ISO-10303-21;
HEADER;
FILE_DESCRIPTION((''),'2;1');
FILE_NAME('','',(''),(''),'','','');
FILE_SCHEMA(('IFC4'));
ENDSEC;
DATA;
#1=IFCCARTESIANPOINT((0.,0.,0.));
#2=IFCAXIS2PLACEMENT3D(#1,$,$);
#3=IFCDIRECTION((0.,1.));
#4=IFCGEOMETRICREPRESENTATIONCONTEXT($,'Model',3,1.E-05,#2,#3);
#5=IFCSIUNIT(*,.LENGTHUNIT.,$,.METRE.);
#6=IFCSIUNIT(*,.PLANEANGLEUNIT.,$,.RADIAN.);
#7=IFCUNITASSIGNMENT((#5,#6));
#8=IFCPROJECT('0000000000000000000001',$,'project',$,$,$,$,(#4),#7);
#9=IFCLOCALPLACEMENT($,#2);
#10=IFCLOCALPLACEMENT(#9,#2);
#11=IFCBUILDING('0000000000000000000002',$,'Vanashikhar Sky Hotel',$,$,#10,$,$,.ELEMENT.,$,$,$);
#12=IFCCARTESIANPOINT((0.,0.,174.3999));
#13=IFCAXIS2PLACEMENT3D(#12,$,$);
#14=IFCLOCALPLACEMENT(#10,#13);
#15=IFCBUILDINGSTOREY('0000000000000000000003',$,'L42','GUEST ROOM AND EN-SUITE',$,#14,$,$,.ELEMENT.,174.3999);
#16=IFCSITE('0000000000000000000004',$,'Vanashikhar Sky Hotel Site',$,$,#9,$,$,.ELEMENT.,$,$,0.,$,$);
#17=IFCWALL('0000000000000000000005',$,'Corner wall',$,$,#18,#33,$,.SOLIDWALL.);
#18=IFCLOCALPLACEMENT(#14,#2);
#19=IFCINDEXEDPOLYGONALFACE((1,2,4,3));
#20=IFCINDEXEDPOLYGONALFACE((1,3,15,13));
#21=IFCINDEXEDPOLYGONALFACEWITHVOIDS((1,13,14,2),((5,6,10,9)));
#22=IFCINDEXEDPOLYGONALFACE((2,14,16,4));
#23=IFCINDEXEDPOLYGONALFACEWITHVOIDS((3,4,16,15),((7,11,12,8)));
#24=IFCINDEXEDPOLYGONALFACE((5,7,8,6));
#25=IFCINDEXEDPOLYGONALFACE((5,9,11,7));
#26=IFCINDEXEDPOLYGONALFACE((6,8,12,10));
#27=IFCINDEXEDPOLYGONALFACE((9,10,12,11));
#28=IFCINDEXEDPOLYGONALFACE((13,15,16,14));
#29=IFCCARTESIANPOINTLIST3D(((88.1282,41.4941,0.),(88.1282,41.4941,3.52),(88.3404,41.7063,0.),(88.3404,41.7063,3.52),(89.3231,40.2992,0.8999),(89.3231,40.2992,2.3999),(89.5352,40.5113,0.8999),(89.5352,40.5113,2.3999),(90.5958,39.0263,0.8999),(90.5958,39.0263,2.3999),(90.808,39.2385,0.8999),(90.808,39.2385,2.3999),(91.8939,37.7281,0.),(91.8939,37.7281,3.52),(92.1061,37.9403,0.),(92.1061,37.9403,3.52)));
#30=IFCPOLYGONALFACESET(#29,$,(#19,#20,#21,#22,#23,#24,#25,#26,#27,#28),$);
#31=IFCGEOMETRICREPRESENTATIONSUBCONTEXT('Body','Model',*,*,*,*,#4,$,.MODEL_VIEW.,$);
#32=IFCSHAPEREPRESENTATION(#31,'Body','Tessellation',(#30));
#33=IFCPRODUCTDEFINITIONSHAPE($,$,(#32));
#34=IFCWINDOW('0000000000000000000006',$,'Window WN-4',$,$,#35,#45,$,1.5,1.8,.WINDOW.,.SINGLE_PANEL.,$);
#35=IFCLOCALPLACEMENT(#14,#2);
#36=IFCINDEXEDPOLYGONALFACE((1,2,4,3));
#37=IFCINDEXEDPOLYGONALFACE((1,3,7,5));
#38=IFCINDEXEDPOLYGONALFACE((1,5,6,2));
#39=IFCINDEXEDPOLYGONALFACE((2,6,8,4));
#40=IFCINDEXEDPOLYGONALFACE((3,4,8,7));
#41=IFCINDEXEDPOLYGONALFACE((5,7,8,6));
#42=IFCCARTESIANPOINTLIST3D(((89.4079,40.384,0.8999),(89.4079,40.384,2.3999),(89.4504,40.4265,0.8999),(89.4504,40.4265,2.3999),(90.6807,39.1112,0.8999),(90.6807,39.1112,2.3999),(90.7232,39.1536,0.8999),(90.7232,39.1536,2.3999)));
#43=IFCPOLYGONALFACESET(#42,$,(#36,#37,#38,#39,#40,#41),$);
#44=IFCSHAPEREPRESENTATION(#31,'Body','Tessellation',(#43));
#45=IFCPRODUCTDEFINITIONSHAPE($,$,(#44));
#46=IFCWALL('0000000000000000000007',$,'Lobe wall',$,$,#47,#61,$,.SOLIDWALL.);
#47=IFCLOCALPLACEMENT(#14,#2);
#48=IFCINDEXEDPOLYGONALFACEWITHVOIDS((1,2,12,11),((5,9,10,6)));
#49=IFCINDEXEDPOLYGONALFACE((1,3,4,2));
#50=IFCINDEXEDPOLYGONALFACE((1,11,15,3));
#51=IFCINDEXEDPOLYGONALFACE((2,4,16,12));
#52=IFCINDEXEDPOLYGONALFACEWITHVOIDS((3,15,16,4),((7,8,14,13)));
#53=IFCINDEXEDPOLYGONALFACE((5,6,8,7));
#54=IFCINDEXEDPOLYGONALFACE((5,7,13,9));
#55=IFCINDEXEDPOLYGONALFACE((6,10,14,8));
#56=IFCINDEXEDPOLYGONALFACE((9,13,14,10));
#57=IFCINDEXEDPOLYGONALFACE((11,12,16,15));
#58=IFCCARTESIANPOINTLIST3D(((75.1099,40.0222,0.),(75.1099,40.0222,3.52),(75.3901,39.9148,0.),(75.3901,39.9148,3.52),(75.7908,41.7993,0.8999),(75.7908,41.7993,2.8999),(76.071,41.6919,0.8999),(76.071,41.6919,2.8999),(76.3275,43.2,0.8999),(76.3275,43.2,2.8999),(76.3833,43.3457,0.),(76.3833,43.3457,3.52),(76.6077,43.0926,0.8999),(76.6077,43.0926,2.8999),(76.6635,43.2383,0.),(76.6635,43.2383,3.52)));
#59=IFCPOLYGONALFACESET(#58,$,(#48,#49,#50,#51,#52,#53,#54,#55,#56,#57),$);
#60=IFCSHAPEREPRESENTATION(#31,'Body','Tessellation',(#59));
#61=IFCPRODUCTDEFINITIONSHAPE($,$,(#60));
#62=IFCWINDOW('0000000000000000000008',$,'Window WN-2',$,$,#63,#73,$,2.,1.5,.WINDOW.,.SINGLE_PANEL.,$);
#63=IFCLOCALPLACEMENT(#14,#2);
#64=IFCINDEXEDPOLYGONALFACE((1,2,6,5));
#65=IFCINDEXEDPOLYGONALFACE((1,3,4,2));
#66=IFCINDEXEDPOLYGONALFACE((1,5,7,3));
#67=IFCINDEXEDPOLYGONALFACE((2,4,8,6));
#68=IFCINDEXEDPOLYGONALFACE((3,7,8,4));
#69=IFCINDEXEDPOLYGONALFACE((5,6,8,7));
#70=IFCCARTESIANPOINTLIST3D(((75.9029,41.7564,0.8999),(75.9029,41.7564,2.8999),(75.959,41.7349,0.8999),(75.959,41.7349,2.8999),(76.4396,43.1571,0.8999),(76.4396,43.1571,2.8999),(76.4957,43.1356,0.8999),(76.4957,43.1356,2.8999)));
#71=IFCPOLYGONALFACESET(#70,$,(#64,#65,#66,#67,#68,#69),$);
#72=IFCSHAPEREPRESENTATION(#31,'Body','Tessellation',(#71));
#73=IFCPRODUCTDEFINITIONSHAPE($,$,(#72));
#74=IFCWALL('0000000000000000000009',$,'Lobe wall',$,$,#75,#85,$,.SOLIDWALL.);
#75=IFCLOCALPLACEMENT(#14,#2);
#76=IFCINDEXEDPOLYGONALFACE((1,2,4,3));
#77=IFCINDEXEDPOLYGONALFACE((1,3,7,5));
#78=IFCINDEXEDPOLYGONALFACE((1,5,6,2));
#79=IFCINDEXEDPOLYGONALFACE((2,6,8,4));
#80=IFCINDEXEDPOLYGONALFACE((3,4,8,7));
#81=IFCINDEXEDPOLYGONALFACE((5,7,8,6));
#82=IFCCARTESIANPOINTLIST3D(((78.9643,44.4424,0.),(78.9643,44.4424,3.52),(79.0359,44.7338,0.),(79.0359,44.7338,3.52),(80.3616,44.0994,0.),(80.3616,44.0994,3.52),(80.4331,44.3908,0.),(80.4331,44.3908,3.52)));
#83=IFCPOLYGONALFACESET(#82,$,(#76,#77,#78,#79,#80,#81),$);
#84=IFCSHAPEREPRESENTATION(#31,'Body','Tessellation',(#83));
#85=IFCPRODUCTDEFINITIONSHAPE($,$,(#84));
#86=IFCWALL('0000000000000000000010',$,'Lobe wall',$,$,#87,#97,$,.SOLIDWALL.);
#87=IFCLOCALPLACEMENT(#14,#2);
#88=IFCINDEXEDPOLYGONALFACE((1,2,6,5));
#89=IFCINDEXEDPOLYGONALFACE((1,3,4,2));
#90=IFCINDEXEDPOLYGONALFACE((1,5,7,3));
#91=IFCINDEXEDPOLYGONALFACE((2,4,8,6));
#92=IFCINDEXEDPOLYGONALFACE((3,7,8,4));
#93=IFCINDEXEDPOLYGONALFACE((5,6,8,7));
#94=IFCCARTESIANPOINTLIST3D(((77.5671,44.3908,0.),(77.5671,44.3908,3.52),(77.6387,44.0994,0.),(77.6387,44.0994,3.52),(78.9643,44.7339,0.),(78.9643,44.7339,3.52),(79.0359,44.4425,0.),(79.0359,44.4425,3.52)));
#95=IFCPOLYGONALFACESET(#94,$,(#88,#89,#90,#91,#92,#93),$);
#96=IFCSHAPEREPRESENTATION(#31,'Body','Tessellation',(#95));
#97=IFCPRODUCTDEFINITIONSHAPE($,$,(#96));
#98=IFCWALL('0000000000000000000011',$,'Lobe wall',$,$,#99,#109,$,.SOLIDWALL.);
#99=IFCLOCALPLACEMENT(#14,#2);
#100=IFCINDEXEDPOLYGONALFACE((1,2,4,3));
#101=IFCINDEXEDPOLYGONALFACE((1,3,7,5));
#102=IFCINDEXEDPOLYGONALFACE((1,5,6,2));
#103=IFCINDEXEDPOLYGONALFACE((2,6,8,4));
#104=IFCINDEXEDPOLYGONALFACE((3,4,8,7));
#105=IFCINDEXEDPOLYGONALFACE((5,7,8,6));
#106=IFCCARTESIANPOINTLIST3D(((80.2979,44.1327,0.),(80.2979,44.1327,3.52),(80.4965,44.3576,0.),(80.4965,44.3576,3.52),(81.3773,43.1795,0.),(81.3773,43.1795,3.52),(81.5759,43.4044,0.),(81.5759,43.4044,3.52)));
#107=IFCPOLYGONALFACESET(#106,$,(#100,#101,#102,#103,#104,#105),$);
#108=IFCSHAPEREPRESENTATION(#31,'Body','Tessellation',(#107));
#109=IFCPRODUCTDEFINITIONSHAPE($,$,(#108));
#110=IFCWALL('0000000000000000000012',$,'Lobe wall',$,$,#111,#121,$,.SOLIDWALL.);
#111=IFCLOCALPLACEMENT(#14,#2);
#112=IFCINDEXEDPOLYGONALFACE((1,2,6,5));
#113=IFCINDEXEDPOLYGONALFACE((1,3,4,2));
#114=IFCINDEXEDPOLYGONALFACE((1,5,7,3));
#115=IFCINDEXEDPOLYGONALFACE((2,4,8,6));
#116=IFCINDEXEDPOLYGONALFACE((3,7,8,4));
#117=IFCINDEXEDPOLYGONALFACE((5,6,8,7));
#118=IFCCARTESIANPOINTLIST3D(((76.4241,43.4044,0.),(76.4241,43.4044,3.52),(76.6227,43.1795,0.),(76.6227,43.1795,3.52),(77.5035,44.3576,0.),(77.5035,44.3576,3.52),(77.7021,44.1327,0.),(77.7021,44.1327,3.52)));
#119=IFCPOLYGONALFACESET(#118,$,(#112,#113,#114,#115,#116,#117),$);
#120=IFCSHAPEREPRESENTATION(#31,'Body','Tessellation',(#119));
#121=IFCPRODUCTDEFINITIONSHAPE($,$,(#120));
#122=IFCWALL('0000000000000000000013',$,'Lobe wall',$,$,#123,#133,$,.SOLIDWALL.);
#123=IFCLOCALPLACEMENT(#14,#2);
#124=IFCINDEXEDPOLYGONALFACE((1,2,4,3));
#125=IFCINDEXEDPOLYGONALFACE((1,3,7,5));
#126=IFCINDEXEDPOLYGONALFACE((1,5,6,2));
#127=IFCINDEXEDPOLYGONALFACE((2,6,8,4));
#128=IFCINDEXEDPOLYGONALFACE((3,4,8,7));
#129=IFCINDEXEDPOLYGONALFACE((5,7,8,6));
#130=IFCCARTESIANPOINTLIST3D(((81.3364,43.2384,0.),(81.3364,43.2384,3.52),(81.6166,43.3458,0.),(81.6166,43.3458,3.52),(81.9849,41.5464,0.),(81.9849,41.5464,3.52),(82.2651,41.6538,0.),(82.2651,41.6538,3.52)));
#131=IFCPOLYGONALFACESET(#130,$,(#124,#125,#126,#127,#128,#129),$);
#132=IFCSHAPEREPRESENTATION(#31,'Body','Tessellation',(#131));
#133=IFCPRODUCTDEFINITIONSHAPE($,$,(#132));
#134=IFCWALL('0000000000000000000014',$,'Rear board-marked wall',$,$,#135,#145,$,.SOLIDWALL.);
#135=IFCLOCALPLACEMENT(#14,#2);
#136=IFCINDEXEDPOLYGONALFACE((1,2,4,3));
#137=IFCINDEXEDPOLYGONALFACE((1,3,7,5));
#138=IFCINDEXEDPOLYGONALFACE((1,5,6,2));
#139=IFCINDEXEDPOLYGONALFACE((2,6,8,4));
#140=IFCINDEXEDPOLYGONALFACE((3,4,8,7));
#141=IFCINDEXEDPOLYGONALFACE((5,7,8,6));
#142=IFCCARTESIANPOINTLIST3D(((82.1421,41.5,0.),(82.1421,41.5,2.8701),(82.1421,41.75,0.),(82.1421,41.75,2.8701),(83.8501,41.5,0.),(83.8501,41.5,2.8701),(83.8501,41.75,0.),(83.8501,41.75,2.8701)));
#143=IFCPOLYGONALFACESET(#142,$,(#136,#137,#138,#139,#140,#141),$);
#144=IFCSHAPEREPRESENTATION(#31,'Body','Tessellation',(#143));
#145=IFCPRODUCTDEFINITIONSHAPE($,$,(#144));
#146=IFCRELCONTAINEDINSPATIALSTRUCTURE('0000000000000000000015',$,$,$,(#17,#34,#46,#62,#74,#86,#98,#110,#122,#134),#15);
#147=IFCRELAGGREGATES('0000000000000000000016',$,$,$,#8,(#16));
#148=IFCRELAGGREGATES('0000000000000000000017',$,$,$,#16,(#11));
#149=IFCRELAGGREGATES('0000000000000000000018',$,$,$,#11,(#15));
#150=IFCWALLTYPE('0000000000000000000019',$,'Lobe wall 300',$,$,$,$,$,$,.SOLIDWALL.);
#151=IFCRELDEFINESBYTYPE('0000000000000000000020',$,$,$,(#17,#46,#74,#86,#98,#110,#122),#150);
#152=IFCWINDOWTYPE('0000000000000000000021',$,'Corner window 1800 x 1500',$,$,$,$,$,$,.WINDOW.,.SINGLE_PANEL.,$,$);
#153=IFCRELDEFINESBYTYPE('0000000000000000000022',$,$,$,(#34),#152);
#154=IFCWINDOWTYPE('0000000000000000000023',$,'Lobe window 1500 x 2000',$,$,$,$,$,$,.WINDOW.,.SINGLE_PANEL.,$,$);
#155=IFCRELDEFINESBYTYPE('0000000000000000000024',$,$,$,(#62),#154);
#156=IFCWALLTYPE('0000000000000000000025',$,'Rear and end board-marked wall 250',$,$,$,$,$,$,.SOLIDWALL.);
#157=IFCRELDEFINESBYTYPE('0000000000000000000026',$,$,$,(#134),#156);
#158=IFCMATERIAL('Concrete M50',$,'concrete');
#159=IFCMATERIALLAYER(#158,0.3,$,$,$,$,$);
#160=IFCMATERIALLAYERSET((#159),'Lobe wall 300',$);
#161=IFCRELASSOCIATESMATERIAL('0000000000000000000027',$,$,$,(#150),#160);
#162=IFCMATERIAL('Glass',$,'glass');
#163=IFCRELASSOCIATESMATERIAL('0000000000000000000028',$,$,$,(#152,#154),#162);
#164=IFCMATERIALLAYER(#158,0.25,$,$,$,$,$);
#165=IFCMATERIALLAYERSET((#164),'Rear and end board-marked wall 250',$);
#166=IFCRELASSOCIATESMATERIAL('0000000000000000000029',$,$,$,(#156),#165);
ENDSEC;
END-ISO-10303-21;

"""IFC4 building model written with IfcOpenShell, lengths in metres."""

from ifc_helpers import new_model, si_unit, direction, frame, frame_2d, origin, place, context, subcontext, project, spatial, rectangle, extrude, source, transform, mapped, material, layer, layer_set, type_object, element, fill, save


model = new_model("IFC4")

# Units and contexts
model_context = context("Model", 3, precision=1e-05, world=origin(), true_north=direction((0.0, 1.0)))
body_context = subcontext(model_context, "Body", "Model", "MODEL_VIEW")
ifc_project = project(units=[si_unit("LENGTHUNIT", "METRE"), si_unit("PLANEANGLEUNIT", "RADIAN")], contexts=[model_context])

# Site, building, storey
site_placement = place(None, origin())
site = spatial("IfcSite", under=ifc_project, at=site_placement, Name="Vanashikhar Sky Hotel Site", CompositionType="ELEMENT", RefElevation=0.0)
building_placement = place(site_placement, origin())
building = spatial("IfcBuilding", under=site, at=building_placement, Name="Vanashikhar Sky Hotel", CompositionType="ELEMENT")
storey_placement = place(building_placement, frame((0.0, 0.0, 174.3999)))
storey = spatial("IfcBuildingStorey", under=building, at=storey_placement, Name="L42", Description="GUEST ROOM AND EN-SUITE", CompositionType="ELEMENT", Elevation=174.3999)

# Walls, openings, windows
ifc_material_1 = material(Name="Concrete M50", Category="concrete")
ifc_layer_1 = layer(ifc_material_1, 0.3)
ifc_layer_set_1 = layer_set([ifc_layer_1], Name="Lobe wall 300")
wall_type_1 = type_object("IfcWallType", Name="Lobe wall 300", PredefinedType="SOLIDWALL", material=ifc_layer_set_1)
shared_shape_1 = source(origin(), body_context, "Body", "SweptSolid", [
    extrude(rectangle(XDim=5.3257, YDim=0.3, at=frame_2d((2.6628, 0.0))), origin(), (0.0, 0.0, 1.0), 3.52),
])
wall_1_placement = place(storey_placement, frame((92.0, 37.8342, 0.0), z_axis=(0.0, 0.0, 1.0), x_axis=(-0.707084, 0.70713, 0.0)))
wall_1 = element("IfcWall", 1, at=wall_1_placement, inside=storey, type_object=wall_type_1, Name="Corner wall", PredefinedType="SOLIDWALL", context=body_context, shape_type="MappedRepresentation", body=[
    mapped(shared_shape_1, transform((0.0, 0.0, 0.0), scale=1.0)),
])
shared_shape_2 = source(origin(), body_context, "Body", "SweptSolid", [
    extrude(rectangle(XDim=1.8, YDim=1.5, at=frame_2d((0.8999, 0.75))), frame((0.0, 0.1602, 0.0), z_axis=(0.0, -1.0, 0.0), x_axis=(1.0, 0.0, 0.0)), (0.0, 0.0, 1.0), 0.3201),
])
opening_1_placement = place(wall_1_placement, frame((1.8359, 0.0, 0.8999)))
opening_1 = element("IfcOpeningElement", 2, at=opening_1_placement, cuts=wall_1, PredefinedType="OPENING", context=body_context, shape_type="MappedRepresentation", body=[
    mapped(shared_shape_2, transform((0.0, 0.0, 0.0), scale=1.0)),
])
ifc_material_2 = material(Name="Glass", Category="glass")
window_type_1 = type_object("IfcWindowType", Name="Corner window 1800 x 1500", PartitioningType="SINGLE_PANEL", PredefinedType="WINDOW", material=ifc_material_2)
shared_shape_3 = source(origin(), body_context, "Body", "SweptSolid", [
    extrude(rectangle(XDim=1.8, YDim=1.5, at=frame_2d((0.8999, 0.75))), frame((0.0, 0.03, 0.0), z_axis=(0.0, -1.0, 0.0), x_axis=(1.0, 0.0, 0.0)), (0.0, 0.0, 1.0), 0.0601),
])
window_1_placement = place(opening_1_placement, origin())
window_1 = element("IfcWindow", 3, at=window_1_placement, inside=storey, type_object=window_type_1, Name="Window WN-4", OverallHeight=1.5, OverallWidth=1.8, PartitioningType="SINGLE_PANEL", PredefinedType="WINDOW", context=body_context, shape_type="MappedRepresentation", body=[
    mapped(shared_shape_3, transform((0.0, 0.0, 0.0), scale=1.0)),
])
fill(opening_1, window_1)
shared_shape_4 = source(origin(), body_context, "Body", "SweptSolid", [
    extrude(rectangle(XDim=3.5591, YDim=0.3, at=frame_2d((1.7795, 0.0))), origin(), (0.0, 0.0, 1.0), 3.52),
])
wall_2_placement = place(storey_placement, frame((76.5234, 43.292, 0.0), z_axis=(0.0, 0.0, 1.0), x_axis=(-0.357797, -0.933799, 0.0)))
wall_2 = element("IfcWall", 4, at=wall_2_placement, inside=storey, type_object=wall_type_1, Name="Lobe wall", PredefinedType="SOLIDWALL", context=body_context, shape_type="MappedRepresentation", body=[
    mapped(shared_shape_4, transform((0.0, 0.0, 0.0), scale=1.0)),
])
shared_shape_5 = source(origin(), body_context, "Body", "SweptSolid", [
    extrude(rectangle(XDim=1.5, YDim=2.0, at=frame_2d((0.75, 1.0))), frame((0.0, 0.1602, 0.0), z_axis=(0.0, -1.0, 0.0), x_axis=(1.0, 0.0, 0.0)), (0.0, 0.0, 1.0), 0.3201),
])
opening_2_placement = place(wall_2_placement, frame((0.156, 0.0, 0.8999)))
opening_2 = element("IfcOpeningElement", 5, at=opening_2_placement, cuts=wall_2, PredefinedType="OPENING", context=body_context, shape_type="MappedRepresentation", body=[
    mapped(shared_shape_5, transform((0.0, 0.0, 0.0), scale=1.0)),
])
window_type_2 = type_object("IfcWindowType", Name="Lobe window 1500 x 2000", PartitioningType="SINGLE_PANEL", PredefinedType="WINDOW", material=ifc_material_2)
shared_shape_6 = source(origin(), body_context, "Body", "SweptSolid", [
    extrude(rectangle(XDim=1.5, YDim=2.0, at=frame_2d((0.75, 1.0))), frame((0.0, 0.03, 0.0), z_axis=(0.0, -1.0, 0.0), x_axis=(1.0, 0.0, 0.0)), (0.0, 0.0, 1.0), 0.0601),
])
window_2_placement = place(opening_2_placement, origin())
window_2 = element("IfcWindow", 6, at=window_2_placement, inside=storey, type_object=window_type_2, Name="Window WN-2", OverallHeight=2.0, OverallWidth=1.5, PartitioningType="SINGLE_PANEL", PredefinedType="WINDOW", context=body_context, shape_type="MappedRepresentation", body=[
    mapped(shared_shape_6, transform((0.0, 0.0, 0.0), scale=1.0)),
])
fill(opening_2, window_2)

# Walls
shared_shape_7 = source(origin(), body_context, "Body", "SweptSolid", [
    extrude(rectangle(XDim=1.4387, YDim=0.3, at=frame_2d((0.7192, 0.0))), origin(), (0.0, 0.0, 1.0), 3.52),
])
for number, where, z_axis, x_axis, name in (
    (7, (80.3972, 44.2451, 0.0), (0.0, 0.0, 1.0), (-0.971162, 0.238421, 0.0), "Lobe wall"),
    (8, (79.0, 44.5881, 0.0), (0.0, 0.0, 1.0), (-0.971162, -0.238421, 0.0), "Lobe wall"),
):
    element("IfcWall", number, at=place(storey_placement, frame(where, z_axis=z_axis, x_axis=x_axis)), inside=storey, type_object=wall_type_1, Name=name, PredefinedType="SOLIDWALL", context=body_context, shape_type="MappedRepresentation", body=[
        mapped(shared_shape_7, transform((0.0, 0.0, 0.0), scale=1.0)),
    ])
shared_shape_8 = source(origin(), body_context, "Body", "SweptSolid", [
    extrude(rectangle(XDim=1.4399, YDim=0.3, at=frame_2d((0.72, 0.0))), origin(), (0.0, 0.0, 1.0), 3.52),
])
for number, where, z_axis, x_axis, name in (
    (9, (81.4766, 43.292, 0.0), (0.0, 0.0, 1.0), (-0.749576, 0.661919, 0.0), "Lobe wall"),
    (10, (77.6028, 44.2451, 0.0), (0.0, 0.0, 1.0), (-0.749576, -0.661919, 0.0), "Lobe wall"),
):
    element("IfcWall", number, at=place(storey_placement, frame(where, z_axis=z_axis, x_axis=x_axis)), inside=storey, type_object=wall_type_1, Name=name, PredefinedType="SOLIDWALL", context=body_context, shape_type="MappedRepresentation", body=[
        mapped(shared_shape_8, transform((0.0, 0.0, 0.0), scale=1.0)),
    ])
shared_shape_9 = source(origin(), body_context, "Body", "SweptSolid", [
    extrude(rectangle(XDim=1.812, YDim=0.3, at=frame_2d((0.906, 0.0))), origin(), (0.0, 0.0, 1.0), 3.52),
])
wall_3_placement = place(storey_placement, frame((82.125, 41.6001, 0.0), z_axis=(0.0, 0.0, 1.0), x_axis=(-0.357877, 0.933769, 0.0)))
element("IfcWall", 11, at=wall_3_placement, inside=storey, type_object=wall_type_1, Name="Lobe wall", PredefinedType="SOLIDWALL", context=body_context, shape_type="MappedRepresentation", body=[
    mapped(shared_shape_9, transform((0.0, 0.0, 0.0), scale=1.0)),
])
ifc_layer_2 = layer(ifc_material_1, 0.25)
ifc_layer_set_2 = layer_set([ifc_layer_2], Name="Rear and end board-marked wall 250")
wall_type_2 = type_object("IfcWallType", Name="Rear and end board-marked wall 250", PredefinedType="SOLIDWALL", material=ifc_layer_set_2)
shared_shape_10 = source(origin(), body_context, "Body", "SweptSolid", [
    extrude(rectangle(XDim=1.708, YDim=0.25, at=frame_2d((0.854, 0.0))), origin(), (0.0, 0.0, 1.0), 2.8701),
])
wall_4_placement = place(storey_placement, frame((83.8501, 41.625, 0.0), z_axis=(0.0, 0.0, 1.0), x_axis=(-1.0, 0.0, 0.0)))
element("IfcWall", 12, at=wall_4_placement, inside=storey, type_object=wall_type_2, Name="Rear board-marked wall", PredefinedType="SOLIDWALL", context=body_context, shape_type="MappedRepresentation", body=[
    mapped(shared_shape_10, transform((0.0, 0.0, 0.0), scale=1.0)),
])

save(model, "model.ifc")
